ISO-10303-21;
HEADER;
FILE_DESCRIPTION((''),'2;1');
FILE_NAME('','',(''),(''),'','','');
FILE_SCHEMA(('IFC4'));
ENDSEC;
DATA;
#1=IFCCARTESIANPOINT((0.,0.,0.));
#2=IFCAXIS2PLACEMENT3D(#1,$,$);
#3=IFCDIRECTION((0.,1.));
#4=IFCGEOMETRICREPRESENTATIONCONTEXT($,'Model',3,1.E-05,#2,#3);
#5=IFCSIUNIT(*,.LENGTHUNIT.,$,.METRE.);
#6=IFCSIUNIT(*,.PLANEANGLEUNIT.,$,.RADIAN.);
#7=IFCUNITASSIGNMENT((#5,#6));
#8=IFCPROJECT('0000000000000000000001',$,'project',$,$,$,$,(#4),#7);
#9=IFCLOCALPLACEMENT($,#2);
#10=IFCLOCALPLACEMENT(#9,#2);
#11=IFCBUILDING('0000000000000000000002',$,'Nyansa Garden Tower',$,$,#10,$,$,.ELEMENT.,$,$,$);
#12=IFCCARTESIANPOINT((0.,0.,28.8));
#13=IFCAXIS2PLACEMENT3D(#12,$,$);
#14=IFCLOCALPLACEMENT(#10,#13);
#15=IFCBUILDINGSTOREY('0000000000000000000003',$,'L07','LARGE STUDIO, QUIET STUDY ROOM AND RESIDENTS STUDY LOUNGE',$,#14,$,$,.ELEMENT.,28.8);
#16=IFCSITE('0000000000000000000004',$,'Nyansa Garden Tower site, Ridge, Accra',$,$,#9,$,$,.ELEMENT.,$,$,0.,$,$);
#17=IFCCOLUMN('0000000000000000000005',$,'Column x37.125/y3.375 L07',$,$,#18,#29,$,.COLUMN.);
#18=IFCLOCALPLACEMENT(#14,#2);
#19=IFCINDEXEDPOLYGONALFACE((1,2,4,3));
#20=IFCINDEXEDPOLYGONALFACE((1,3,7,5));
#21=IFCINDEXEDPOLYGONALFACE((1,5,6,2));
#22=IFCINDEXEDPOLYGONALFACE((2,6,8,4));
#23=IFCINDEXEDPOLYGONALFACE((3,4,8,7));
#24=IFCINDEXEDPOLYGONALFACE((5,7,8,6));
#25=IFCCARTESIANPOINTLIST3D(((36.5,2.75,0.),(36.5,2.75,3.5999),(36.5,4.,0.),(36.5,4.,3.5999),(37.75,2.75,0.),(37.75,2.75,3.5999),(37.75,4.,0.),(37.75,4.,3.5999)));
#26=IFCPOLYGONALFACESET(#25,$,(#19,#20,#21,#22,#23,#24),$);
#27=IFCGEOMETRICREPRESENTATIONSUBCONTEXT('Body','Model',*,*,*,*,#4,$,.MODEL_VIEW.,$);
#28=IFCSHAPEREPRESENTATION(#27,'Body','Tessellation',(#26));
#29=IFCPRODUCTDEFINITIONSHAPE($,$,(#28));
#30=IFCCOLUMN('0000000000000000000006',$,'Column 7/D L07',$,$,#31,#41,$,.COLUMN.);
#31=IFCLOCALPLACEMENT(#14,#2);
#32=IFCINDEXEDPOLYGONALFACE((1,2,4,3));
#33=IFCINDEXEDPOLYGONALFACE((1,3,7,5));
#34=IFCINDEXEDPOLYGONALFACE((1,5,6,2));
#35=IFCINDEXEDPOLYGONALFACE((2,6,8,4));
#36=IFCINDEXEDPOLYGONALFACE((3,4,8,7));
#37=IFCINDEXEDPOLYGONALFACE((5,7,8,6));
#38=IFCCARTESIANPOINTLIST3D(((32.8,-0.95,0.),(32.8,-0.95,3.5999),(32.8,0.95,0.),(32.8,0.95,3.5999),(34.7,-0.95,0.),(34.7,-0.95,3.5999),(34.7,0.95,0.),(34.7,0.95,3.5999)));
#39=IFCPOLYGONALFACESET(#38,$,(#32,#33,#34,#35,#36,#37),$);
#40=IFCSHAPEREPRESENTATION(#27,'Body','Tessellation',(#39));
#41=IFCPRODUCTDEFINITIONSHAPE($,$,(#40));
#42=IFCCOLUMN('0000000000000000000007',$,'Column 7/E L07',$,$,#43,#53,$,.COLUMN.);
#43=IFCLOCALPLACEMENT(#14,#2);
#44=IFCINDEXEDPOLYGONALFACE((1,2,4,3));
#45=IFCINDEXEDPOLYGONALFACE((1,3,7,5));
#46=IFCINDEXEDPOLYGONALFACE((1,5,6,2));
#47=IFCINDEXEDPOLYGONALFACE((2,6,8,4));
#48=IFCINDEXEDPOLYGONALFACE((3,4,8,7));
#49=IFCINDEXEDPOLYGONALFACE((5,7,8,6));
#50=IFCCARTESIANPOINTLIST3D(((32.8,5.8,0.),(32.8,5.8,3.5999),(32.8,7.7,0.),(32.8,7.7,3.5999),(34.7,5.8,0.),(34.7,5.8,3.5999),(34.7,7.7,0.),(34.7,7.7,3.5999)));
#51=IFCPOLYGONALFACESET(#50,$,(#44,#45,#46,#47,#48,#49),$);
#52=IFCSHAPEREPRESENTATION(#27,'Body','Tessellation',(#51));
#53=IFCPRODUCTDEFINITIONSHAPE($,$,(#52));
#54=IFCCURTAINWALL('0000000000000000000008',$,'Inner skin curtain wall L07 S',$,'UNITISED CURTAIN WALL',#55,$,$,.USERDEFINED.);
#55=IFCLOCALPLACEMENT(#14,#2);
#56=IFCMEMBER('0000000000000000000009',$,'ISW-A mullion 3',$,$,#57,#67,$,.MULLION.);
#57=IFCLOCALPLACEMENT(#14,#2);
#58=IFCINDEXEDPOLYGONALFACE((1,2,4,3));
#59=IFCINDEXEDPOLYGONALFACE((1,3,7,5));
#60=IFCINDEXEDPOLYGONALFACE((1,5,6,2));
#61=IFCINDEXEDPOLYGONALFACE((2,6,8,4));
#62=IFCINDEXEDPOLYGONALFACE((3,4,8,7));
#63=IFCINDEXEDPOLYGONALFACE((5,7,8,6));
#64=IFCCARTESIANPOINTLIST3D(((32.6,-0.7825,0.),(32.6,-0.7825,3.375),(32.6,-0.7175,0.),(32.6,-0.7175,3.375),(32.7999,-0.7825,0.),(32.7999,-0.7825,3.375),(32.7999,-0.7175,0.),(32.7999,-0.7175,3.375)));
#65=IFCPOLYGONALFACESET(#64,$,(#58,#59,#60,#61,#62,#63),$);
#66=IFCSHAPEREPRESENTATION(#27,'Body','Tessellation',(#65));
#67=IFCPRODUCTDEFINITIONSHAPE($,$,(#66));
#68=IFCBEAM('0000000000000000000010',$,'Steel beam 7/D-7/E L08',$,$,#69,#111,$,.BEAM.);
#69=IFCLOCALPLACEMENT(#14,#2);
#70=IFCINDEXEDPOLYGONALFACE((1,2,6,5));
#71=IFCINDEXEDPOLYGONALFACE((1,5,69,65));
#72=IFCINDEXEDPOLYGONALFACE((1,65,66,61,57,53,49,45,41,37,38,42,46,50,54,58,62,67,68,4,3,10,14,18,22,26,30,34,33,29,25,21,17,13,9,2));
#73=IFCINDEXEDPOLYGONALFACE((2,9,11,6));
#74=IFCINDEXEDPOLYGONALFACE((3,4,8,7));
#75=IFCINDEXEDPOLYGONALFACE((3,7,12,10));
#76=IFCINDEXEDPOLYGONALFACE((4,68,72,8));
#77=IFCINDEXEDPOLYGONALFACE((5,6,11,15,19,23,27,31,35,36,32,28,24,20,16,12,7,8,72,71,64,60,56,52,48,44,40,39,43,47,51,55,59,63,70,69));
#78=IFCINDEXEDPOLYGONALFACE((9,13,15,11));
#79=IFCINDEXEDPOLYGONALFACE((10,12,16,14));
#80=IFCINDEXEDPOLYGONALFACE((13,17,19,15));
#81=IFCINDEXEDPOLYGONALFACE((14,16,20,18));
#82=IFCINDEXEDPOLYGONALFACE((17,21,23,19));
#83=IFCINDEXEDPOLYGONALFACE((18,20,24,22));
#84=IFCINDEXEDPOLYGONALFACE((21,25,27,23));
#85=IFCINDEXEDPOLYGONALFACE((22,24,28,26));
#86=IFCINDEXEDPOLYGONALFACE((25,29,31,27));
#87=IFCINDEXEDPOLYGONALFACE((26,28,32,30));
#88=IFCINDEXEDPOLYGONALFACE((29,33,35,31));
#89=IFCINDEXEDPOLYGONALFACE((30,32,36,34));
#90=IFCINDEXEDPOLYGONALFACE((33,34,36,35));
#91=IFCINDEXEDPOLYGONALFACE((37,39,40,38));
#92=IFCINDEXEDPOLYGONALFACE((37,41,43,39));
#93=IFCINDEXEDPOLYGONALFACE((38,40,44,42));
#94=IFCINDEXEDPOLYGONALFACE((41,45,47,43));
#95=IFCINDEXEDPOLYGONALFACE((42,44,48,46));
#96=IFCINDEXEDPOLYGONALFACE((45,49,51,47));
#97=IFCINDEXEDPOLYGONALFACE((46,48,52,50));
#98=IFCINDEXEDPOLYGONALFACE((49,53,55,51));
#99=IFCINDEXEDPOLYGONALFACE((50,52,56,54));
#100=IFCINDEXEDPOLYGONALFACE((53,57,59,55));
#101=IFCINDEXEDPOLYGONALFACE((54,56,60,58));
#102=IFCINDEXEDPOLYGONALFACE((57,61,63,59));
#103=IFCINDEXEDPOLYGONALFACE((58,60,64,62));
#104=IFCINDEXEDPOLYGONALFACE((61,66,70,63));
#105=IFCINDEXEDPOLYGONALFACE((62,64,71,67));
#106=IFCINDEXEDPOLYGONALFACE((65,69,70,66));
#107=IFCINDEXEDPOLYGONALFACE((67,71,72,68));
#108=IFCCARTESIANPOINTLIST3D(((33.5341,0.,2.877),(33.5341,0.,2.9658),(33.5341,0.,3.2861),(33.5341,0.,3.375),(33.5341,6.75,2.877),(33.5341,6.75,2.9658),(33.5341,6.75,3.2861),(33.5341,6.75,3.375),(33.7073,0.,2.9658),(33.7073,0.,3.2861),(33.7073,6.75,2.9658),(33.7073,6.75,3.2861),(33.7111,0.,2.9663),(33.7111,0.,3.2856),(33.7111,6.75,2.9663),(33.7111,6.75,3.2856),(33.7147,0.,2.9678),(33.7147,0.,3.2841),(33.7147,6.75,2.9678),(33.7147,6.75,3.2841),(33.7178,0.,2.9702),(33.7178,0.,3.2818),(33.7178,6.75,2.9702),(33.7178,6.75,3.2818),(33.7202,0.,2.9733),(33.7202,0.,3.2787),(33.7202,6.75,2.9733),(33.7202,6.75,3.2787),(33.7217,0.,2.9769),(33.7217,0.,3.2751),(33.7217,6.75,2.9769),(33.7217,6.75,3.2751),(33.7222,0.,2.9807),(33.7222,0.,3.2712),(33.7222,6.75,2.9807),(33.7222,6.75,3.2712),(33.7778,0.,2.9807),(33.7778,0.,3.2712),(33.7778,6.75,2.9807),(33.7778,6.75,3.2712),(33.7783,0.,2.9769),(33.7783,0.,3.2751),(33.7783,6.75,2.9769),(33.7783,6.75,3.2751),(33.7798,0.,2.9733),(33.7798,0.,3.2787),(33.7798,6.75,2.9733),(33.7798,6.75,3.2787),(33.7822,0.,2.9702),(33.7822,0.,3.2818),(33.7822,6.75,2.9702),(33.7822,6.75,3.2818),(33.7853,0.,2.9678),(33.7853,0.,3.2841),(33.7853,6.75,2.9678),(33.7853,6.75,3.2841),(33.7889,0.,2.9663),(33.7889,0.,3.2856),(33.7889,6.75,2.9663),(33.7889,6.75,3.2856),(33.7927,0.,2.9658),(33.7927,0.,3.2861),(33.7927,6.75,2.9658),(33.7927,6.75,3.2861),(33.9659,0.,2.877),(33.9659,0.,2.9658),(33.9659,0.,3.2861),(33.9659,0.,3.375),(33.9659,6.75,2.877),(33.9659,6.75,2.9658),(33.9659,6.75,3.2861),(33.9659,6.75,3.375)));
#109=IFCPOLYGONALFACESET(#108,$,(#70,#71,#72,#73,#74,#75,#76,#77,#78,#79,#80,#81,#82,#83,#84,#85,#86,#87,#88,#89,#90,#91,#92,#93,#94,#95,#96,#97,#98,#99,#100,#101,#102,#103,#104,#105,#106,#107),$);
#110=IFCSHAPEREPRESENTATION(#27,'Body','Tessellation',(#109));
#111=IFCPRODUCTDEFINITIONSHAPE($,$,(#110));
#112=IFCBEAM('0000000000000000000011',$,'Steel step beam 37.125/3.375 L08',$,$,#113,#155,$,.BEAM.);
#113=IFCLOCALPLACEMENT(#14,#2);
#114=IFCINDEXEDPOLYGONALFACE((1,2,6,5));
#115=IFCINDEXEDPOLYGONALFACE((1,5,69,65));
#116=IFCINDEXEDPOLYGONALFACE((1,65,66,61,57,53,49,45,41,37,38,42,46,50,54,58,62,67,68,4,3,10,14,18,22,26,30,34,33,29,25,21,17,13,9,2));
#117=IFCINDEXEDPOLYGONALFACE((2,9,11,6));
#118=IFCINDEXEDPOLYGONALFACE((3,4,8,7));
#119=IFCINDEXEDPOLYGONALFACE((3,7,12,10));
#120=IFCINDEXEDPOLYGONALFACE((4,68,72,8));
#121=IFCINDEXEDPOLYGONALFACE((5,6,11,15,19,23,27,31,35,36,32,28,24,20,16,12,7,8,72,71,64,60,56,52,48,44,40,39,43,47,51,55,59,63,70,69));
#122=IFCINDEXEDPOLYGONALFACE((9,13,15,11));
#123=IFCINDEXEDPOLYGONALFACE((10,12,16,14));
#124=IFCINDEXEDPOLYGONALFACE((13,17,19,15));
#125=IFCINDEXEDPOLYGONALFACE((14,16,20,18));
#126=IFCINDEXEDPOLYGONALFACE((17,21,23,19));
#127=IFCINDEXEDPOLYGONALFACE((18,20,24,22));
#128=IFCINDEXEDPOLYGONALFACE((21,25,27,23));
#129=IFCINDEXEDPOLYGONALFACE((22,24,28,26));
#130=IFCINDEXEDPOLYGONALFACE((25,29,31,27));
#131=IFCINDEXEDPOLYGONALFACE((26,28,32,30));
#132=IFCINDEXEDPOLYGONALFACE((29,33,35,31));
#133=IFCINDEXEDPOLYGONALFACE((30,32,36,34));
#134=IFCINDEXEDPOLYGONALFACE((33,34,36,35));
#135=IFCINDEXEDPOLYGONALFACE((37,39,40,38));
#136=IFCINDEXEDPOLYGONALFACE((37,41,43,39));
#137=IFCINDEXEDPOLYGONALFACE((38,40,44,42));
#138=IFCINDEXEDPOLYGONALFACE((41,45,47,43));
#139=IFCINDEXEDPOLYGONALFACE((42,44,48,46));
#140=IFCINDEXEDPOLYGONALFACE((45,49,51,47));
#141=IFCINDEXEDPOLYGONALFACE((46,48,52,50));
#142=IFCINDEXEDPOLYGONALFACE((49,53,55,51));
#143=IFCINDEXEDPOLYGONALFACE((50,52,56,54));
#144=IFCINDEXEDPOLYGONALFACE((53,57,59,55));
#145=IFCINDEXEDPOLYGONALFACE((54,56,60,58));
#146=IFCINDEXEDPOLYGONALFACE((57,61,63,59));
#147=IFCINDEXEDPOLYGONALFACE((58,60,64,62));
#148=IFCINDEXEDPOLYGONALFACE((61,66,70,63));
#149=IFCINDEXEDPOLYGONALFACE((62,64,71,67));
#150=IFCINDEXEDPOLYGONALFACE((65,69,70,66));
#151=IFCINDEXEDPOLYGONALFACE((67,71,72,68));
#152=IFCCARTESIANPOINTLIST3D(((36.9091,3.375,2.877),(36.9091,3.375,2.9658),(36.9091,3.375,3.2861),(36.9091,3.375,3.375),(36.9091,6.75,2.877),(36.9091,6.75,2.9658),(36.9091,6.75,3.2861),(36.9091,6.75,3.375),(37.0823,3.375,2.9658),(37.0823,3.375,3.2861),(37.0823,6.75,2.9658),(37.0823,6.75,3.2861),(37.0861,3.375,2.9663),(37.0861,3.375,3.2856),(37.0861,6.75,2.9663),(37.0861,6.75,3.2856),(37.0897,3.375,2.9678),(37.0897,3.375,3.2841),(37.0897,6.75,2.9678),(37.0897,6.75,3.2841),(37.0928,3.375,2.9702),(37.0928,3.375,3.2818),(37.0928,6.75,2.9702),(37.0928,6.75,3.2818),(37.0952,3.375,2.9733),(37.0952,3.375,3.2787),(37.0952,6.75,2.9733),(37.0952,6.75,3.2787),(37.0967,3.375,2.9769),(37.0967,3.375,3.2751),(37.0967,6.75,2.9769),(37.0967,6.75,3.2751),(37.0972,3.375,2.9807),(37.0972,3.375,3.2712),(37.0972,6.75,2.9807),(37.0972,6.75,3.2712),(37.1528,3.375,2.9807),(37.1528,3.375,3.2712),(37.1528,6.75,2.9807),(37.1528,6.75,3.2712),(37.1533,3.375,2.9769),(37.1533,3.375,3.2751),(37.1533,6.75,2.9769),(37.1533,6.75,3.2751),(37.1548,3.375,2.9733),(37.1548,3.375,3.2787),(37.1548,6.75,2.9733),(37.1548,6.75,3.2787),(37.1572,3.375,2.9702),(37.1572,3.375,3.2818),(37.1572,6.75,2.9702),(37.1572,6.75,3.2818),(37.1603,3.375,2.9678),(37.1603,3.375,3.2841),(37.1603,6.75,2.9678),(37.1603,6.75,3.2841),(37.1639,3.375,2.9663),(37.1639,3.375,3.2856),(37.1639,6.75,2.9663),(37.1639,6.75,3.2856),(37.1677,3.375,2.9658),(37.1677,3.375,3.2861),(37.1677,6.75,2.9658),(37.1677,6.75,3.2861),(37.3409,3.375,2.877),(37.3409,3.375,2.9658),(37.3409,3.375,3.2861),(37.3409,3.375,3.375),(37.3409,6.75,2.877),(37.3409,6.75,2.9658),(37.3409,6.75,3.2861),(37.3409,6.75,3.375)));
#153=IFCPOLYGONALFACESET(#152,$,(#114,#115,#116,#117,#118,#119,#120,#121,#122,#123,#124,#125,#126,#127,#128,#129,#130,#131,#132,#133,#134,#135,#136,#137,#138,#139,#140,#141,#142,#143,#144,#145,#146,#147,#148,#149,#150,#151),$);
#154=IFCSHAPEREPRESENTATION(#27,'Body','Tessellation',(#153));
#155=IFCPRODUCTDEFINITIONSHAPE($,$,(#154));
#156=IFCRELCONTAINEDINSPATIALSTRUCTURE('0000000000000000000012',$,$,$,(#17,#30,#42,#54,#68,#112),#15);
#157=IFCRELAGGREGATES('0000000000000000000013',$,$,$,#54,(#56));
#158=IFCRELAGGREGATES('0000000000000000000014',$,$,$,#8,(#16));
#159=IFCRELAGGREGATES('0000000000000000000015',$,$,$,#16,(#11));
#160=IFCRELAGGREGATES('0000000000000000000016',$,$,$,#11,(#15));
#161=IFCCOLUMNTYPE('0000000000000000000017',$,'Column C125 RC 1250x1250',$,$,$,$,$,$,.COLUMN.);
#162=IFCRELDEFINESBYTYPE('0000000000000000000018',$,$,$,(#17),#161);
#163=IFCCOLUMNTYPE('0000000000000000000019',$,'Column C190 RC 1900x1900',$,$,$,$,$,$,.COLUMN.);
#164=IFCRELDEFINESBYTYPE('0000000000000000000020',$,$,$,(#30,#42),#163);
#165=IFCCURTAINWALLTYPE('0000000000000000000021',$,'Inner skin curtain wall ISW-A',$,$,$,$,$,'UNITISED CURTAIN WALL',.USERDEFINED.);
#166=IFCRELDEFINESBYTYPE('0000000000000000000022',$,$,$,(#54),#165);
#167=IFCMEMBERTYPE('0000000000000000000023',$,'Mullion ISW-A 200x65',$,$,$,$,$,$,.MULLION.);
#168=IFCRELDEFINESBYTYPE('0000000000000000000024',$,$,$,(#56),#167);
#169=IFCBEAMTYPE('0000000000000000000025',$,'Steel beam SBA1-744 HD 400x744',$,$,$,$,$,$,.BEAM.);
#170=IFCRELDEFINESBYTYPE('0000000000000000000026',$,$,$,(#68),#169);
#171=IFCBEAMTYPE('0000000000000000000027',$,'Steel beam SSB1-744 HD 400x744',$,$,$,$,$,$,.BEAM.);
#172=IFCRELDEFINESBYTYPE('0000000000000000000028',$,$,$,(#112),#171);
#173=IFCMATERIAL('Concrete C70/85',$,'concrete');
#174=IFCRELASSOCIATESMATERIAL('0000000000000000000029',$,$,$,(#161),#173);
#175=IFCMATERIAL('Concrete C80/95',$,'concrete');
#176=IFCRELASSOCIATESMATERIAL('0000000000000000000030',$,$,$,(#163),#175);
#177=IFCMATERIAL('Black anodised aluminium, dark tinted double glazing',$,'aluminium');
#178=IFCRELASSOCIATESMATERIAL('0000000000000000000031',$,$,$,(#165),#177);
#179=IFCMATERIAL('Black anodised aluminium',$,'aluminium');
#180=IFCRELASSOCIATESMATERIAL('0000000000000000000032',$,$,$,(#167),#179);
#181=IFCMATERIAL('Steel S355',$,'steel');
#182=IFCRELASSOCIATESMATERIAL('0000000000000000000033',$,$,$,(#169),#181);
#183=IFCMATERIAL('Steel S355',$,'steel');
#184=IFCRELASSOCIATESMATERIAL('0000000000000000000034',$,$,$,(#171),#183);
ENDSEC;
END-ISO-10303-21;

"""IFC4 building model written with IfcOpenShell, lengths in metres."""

from ifc_helpers import new_model, si_unit, direction, frame, origin, origin_2d, place, context, subcontext, project, spatial, rectangle, i_section, extrude, material, material_profile, profile_set, type_object, element, aggregate, save


model = new_model("IFC4")

# Units and contexts
model_context = context("Model", 3, precision=1e-05, world=origin(), true_north=direction((0.0, 1.0)))
body_context = subcontext(model_context, "Body", "Model", "MODEL_VIEW")
ifc_project = project(units=[si_unit("LENGTHUNIT", "METRE"), si_unit("PLANEANGLEUNIT", "RADIAN")], contexts=[model_context])

# Site, building, storey
site_placement = place(None, origin())
site = spatial("IfcSite", under=ifc_project, at=site_placement, Name="Nyansa Garden Tower site, Ridge, Accra", CompositionType="ELEMENT", RefElevation=0.0)
building_placement = place(site_placement, origin())
building = spatial("IfcBuilding", under=site, at=building_placement, Name="Nyansa Garden Tower", CompositionType="ELEMENT")
storey_placement = place(building_placement, frame((0.0, 0.0, 28.8)))
storey = spatial("IfcBuildingStorey", under=building, at=storey_placement, Name="L07", Description="LARGE STUDIO, QUIET STUDY ROOM AND RESIDENTS STUDY LOUNGE", CompositionType="ELEMENT", Elevation=28.8)

# Columns
ifc_material_1 = material(Name="Concrete C70/85", Category="concrete")
ifc_material_profile_1 = material_profile(ifc_material_1, rectangle(XDim=1.25, YDim=1.25, at=origin_2d()), Name="RC 1250x1250")
ifc_profile_set_1 = profile_set([ifc_material_profile_1], Name="Concrete C70/85")
column_type_1 = type_object("IfcColumnType", Name="Column C125 RC 1250x1250", PredefinedType="COLUMN", material=ifc_profile_set_1)
column_placement = place(storey_placement, frame((37.125, 3.375, 0.0), z_axis=(0.0, 0.0, 1.0), x_axis=(1.0, 0.0, 0.0)))
element("IfcColumn", 1, at=column_placement, inside=storey, type_object=column_type_1, Name="Column x37.125/y3.375 L07", PredefinedType="COLUMN", context=body_context, shape_type="SweptSolid", body=[
    extrude(rectangle(XDim=1.25, YDim=1.25, at=origin_2d()), origin(), (0.0, 0.0, 1.0), 3.5999),
])
ifc_material_2 = material(Name="Concrete C80/95", Category="concrete")
ifc_material_profile_2 = material_profile(ifc_material_2, rectangle(XDim=1.8999, YDim=1.8999, at=origin_2d()), Name="RC 1900x1900")
ifc_profile_set_2 = profile_set([ifc_material_profile_2], Name="Concrete C80/95")
column_type_2 = type_object("IfcColumnType", Name="Column C190 RC 1900x1900", PredefinedType="COLUMN", material=ifc_profile_set_2)
for number, where, z_axis, x_axis, name in (
    (2, (33.75, 0.0, 0.0), (0.0, 0.0, 1.0), (1.0, 0.0, 0.0), "Column 7/D L07"),
    (3, (33.75, 6.75, 0.0), (0.0, 0.0, 1.0), (1.0, 0.0, 0.0), "Column 7/E L07"),
):
    element("IfcColumn", number, at=place(storey_placement, frame(where, z_axis=z_axis, x_axis=x_axis)), inside=storey, type_object=column_type_2, Name=name, PredefinedType="COLUMN", context=body_context, shape_type="SweptSolid", body=[
        extrude(rectangle(XDim=1.8999, YDim=1.8999, at=origin_2d()), origin(), (0.0, 0.0, 1.0), 3.5999),
    ])

# Curtain wall, member
ifc_material_3 = material(Name="Black anodised aluminium, dark tinted double glazing", Category="aluminium")
curtain_wall_type = type_object("IfcCurtainWallType", Name="Inner skin curtain wall ISW-A", ElementType="UNITISED CURTAIN WALL", PredefinedType="USERDEFINED", material=ifc_material_3)
curtain_wall_placement = place(storey_placement, origin())
curtain_wall = element("IfcCurtainWall", 4, at=curtain_wall_placement, inside=storey, type_object=curtain_wall_type, Name="Inner skin curtain wall L07 S", ObjectType="UNITISED CURTAIN WALL", PredefinedType="USERDEFINED")
ifc_material_4 = material(Name="Black anodised aluminium", Category="aluminium")
ifc_material_profile_3 = material_profile(ifc_material_4, rectangle(XDim=0.0649, YDim=0.2, at=origin_2d()), Name="Mullion 200x65")
ifc_profile_set_3 = profile_set([ifc_material_profile_3], Name="Black anodised aluminium")
member_type = type_object("IfcMemberType", Name="Mullion ISW-A 200x65", PredefinedType="MULLION", material=ifc_profile_set_3)
member_placement = place(storey_placement, frame((32.7, -0.75, 0.0), z_axis=(0.0, 0.0, 1.0), x_axis=(0.0, 1.0, 0.0)))
member = element("IfcMember", 5, at=member_placement, type_object=member_type, Name="ISW-A mullion 3", PredefinedType="MULLION", context=body_context, shape_type="SweptSolid", body=[
    extrude(rectangle(XDim=0.0649, YDim=0.2, at=origin_2d()), origin(), (0.0, 0.0, 1.0), 3.375),
])

# Beams
ifc_material_5 = material(Name="Steel S355", Category="steel")
ifc_material_profile_4 = material_profile(ifc_material_5, i_section(OverallWidth=0.4319, OverallDepth=0.498, WebThickness=0.0557, FlangeThickness=0.0889, FilletRadius=0.0149, at=origin_2d()), Name="HD 400x744")
ifc_profile_set_4 = profile_set([ifc_material_profile_4], Name="Steel S355")
beam_type_1 = type_object("IfcBeamType", Name="Steel beam SBA1-744 HD 400x744", PredefinedType="BEAM", material=ifc_profile_set_4)
beam_placement = place(storey_placement, frame((33.75, 0.0, 3.126), z_axis=(0.0, 1.0, 0.0), x_axis=(-1.0, 0.0, 0.0)))
element("IfcBeam", 6, at=beam_placement, inside=storey, type_object=beam_type_1, Name="Steel beam 7/D-7/E L08", PredefinedType="BEAM", context=body_context, shape_type="SweptSolid", body=[
    extrude(i_section(OverallWidth=0.4319, OverallDepth=0.498, WebThickness=0.0557, FlangeThickness=0.0889, FilletRadius=0.0149, at=origin_2d()), origin(), (0.0, 0.0, 1.0), 6.75),
])
ifc_material_6 = material(Name="Steel S355", Category="steel")
ifc_material_profile_5 = material_profile(ifc_material_6, i_section(OverallWidth=0.4319, OverallDepth=0.498, WebThickness=0.0557, FlangeThickness=0.0889, FilletRadius=0.0149, at=origin_2d()), Name="HD 400x744")
ifc_profile_set_5 = profile_set([ifc_material_profile_5], Name="Steel S355")
beam_type_2 = type_object("IfcBeamType", Name="Steel beam SSB1-744 HD 400x744", PredefinedType="BEAM", material=ifc_profile_set_5)
for number, where, z_axis, x_axis, name in (
    (7, (37.125, 3.375, 3.126), (0.0, 1.0, 0.0), (-1.0, 0.0, 0.0), "Steel step beam 37.125/3.375 L08"),
):
    element("IfcBeam", number, at=place(storey_placement, frame(where, z_axis=z_axis, x_axis=x_axis)), inside=storey, type_object=beam_type_2, Name=name, PredefinedType="BEAM", context=body_context, shape_type="SweptSolid", body=[
        extrude(i_section(OverallWidth=0.4319, OverallDepth=0.498, WebThickness=0.0557, FlangeThickness=0.0889, FilletRadius=0.0149, at=origin_2d()), origin(), (0.0, 0.0, 1.0), 3.375),
    ])

aggregate(curtain_wall, [member])

save(model, "model.ifc")
